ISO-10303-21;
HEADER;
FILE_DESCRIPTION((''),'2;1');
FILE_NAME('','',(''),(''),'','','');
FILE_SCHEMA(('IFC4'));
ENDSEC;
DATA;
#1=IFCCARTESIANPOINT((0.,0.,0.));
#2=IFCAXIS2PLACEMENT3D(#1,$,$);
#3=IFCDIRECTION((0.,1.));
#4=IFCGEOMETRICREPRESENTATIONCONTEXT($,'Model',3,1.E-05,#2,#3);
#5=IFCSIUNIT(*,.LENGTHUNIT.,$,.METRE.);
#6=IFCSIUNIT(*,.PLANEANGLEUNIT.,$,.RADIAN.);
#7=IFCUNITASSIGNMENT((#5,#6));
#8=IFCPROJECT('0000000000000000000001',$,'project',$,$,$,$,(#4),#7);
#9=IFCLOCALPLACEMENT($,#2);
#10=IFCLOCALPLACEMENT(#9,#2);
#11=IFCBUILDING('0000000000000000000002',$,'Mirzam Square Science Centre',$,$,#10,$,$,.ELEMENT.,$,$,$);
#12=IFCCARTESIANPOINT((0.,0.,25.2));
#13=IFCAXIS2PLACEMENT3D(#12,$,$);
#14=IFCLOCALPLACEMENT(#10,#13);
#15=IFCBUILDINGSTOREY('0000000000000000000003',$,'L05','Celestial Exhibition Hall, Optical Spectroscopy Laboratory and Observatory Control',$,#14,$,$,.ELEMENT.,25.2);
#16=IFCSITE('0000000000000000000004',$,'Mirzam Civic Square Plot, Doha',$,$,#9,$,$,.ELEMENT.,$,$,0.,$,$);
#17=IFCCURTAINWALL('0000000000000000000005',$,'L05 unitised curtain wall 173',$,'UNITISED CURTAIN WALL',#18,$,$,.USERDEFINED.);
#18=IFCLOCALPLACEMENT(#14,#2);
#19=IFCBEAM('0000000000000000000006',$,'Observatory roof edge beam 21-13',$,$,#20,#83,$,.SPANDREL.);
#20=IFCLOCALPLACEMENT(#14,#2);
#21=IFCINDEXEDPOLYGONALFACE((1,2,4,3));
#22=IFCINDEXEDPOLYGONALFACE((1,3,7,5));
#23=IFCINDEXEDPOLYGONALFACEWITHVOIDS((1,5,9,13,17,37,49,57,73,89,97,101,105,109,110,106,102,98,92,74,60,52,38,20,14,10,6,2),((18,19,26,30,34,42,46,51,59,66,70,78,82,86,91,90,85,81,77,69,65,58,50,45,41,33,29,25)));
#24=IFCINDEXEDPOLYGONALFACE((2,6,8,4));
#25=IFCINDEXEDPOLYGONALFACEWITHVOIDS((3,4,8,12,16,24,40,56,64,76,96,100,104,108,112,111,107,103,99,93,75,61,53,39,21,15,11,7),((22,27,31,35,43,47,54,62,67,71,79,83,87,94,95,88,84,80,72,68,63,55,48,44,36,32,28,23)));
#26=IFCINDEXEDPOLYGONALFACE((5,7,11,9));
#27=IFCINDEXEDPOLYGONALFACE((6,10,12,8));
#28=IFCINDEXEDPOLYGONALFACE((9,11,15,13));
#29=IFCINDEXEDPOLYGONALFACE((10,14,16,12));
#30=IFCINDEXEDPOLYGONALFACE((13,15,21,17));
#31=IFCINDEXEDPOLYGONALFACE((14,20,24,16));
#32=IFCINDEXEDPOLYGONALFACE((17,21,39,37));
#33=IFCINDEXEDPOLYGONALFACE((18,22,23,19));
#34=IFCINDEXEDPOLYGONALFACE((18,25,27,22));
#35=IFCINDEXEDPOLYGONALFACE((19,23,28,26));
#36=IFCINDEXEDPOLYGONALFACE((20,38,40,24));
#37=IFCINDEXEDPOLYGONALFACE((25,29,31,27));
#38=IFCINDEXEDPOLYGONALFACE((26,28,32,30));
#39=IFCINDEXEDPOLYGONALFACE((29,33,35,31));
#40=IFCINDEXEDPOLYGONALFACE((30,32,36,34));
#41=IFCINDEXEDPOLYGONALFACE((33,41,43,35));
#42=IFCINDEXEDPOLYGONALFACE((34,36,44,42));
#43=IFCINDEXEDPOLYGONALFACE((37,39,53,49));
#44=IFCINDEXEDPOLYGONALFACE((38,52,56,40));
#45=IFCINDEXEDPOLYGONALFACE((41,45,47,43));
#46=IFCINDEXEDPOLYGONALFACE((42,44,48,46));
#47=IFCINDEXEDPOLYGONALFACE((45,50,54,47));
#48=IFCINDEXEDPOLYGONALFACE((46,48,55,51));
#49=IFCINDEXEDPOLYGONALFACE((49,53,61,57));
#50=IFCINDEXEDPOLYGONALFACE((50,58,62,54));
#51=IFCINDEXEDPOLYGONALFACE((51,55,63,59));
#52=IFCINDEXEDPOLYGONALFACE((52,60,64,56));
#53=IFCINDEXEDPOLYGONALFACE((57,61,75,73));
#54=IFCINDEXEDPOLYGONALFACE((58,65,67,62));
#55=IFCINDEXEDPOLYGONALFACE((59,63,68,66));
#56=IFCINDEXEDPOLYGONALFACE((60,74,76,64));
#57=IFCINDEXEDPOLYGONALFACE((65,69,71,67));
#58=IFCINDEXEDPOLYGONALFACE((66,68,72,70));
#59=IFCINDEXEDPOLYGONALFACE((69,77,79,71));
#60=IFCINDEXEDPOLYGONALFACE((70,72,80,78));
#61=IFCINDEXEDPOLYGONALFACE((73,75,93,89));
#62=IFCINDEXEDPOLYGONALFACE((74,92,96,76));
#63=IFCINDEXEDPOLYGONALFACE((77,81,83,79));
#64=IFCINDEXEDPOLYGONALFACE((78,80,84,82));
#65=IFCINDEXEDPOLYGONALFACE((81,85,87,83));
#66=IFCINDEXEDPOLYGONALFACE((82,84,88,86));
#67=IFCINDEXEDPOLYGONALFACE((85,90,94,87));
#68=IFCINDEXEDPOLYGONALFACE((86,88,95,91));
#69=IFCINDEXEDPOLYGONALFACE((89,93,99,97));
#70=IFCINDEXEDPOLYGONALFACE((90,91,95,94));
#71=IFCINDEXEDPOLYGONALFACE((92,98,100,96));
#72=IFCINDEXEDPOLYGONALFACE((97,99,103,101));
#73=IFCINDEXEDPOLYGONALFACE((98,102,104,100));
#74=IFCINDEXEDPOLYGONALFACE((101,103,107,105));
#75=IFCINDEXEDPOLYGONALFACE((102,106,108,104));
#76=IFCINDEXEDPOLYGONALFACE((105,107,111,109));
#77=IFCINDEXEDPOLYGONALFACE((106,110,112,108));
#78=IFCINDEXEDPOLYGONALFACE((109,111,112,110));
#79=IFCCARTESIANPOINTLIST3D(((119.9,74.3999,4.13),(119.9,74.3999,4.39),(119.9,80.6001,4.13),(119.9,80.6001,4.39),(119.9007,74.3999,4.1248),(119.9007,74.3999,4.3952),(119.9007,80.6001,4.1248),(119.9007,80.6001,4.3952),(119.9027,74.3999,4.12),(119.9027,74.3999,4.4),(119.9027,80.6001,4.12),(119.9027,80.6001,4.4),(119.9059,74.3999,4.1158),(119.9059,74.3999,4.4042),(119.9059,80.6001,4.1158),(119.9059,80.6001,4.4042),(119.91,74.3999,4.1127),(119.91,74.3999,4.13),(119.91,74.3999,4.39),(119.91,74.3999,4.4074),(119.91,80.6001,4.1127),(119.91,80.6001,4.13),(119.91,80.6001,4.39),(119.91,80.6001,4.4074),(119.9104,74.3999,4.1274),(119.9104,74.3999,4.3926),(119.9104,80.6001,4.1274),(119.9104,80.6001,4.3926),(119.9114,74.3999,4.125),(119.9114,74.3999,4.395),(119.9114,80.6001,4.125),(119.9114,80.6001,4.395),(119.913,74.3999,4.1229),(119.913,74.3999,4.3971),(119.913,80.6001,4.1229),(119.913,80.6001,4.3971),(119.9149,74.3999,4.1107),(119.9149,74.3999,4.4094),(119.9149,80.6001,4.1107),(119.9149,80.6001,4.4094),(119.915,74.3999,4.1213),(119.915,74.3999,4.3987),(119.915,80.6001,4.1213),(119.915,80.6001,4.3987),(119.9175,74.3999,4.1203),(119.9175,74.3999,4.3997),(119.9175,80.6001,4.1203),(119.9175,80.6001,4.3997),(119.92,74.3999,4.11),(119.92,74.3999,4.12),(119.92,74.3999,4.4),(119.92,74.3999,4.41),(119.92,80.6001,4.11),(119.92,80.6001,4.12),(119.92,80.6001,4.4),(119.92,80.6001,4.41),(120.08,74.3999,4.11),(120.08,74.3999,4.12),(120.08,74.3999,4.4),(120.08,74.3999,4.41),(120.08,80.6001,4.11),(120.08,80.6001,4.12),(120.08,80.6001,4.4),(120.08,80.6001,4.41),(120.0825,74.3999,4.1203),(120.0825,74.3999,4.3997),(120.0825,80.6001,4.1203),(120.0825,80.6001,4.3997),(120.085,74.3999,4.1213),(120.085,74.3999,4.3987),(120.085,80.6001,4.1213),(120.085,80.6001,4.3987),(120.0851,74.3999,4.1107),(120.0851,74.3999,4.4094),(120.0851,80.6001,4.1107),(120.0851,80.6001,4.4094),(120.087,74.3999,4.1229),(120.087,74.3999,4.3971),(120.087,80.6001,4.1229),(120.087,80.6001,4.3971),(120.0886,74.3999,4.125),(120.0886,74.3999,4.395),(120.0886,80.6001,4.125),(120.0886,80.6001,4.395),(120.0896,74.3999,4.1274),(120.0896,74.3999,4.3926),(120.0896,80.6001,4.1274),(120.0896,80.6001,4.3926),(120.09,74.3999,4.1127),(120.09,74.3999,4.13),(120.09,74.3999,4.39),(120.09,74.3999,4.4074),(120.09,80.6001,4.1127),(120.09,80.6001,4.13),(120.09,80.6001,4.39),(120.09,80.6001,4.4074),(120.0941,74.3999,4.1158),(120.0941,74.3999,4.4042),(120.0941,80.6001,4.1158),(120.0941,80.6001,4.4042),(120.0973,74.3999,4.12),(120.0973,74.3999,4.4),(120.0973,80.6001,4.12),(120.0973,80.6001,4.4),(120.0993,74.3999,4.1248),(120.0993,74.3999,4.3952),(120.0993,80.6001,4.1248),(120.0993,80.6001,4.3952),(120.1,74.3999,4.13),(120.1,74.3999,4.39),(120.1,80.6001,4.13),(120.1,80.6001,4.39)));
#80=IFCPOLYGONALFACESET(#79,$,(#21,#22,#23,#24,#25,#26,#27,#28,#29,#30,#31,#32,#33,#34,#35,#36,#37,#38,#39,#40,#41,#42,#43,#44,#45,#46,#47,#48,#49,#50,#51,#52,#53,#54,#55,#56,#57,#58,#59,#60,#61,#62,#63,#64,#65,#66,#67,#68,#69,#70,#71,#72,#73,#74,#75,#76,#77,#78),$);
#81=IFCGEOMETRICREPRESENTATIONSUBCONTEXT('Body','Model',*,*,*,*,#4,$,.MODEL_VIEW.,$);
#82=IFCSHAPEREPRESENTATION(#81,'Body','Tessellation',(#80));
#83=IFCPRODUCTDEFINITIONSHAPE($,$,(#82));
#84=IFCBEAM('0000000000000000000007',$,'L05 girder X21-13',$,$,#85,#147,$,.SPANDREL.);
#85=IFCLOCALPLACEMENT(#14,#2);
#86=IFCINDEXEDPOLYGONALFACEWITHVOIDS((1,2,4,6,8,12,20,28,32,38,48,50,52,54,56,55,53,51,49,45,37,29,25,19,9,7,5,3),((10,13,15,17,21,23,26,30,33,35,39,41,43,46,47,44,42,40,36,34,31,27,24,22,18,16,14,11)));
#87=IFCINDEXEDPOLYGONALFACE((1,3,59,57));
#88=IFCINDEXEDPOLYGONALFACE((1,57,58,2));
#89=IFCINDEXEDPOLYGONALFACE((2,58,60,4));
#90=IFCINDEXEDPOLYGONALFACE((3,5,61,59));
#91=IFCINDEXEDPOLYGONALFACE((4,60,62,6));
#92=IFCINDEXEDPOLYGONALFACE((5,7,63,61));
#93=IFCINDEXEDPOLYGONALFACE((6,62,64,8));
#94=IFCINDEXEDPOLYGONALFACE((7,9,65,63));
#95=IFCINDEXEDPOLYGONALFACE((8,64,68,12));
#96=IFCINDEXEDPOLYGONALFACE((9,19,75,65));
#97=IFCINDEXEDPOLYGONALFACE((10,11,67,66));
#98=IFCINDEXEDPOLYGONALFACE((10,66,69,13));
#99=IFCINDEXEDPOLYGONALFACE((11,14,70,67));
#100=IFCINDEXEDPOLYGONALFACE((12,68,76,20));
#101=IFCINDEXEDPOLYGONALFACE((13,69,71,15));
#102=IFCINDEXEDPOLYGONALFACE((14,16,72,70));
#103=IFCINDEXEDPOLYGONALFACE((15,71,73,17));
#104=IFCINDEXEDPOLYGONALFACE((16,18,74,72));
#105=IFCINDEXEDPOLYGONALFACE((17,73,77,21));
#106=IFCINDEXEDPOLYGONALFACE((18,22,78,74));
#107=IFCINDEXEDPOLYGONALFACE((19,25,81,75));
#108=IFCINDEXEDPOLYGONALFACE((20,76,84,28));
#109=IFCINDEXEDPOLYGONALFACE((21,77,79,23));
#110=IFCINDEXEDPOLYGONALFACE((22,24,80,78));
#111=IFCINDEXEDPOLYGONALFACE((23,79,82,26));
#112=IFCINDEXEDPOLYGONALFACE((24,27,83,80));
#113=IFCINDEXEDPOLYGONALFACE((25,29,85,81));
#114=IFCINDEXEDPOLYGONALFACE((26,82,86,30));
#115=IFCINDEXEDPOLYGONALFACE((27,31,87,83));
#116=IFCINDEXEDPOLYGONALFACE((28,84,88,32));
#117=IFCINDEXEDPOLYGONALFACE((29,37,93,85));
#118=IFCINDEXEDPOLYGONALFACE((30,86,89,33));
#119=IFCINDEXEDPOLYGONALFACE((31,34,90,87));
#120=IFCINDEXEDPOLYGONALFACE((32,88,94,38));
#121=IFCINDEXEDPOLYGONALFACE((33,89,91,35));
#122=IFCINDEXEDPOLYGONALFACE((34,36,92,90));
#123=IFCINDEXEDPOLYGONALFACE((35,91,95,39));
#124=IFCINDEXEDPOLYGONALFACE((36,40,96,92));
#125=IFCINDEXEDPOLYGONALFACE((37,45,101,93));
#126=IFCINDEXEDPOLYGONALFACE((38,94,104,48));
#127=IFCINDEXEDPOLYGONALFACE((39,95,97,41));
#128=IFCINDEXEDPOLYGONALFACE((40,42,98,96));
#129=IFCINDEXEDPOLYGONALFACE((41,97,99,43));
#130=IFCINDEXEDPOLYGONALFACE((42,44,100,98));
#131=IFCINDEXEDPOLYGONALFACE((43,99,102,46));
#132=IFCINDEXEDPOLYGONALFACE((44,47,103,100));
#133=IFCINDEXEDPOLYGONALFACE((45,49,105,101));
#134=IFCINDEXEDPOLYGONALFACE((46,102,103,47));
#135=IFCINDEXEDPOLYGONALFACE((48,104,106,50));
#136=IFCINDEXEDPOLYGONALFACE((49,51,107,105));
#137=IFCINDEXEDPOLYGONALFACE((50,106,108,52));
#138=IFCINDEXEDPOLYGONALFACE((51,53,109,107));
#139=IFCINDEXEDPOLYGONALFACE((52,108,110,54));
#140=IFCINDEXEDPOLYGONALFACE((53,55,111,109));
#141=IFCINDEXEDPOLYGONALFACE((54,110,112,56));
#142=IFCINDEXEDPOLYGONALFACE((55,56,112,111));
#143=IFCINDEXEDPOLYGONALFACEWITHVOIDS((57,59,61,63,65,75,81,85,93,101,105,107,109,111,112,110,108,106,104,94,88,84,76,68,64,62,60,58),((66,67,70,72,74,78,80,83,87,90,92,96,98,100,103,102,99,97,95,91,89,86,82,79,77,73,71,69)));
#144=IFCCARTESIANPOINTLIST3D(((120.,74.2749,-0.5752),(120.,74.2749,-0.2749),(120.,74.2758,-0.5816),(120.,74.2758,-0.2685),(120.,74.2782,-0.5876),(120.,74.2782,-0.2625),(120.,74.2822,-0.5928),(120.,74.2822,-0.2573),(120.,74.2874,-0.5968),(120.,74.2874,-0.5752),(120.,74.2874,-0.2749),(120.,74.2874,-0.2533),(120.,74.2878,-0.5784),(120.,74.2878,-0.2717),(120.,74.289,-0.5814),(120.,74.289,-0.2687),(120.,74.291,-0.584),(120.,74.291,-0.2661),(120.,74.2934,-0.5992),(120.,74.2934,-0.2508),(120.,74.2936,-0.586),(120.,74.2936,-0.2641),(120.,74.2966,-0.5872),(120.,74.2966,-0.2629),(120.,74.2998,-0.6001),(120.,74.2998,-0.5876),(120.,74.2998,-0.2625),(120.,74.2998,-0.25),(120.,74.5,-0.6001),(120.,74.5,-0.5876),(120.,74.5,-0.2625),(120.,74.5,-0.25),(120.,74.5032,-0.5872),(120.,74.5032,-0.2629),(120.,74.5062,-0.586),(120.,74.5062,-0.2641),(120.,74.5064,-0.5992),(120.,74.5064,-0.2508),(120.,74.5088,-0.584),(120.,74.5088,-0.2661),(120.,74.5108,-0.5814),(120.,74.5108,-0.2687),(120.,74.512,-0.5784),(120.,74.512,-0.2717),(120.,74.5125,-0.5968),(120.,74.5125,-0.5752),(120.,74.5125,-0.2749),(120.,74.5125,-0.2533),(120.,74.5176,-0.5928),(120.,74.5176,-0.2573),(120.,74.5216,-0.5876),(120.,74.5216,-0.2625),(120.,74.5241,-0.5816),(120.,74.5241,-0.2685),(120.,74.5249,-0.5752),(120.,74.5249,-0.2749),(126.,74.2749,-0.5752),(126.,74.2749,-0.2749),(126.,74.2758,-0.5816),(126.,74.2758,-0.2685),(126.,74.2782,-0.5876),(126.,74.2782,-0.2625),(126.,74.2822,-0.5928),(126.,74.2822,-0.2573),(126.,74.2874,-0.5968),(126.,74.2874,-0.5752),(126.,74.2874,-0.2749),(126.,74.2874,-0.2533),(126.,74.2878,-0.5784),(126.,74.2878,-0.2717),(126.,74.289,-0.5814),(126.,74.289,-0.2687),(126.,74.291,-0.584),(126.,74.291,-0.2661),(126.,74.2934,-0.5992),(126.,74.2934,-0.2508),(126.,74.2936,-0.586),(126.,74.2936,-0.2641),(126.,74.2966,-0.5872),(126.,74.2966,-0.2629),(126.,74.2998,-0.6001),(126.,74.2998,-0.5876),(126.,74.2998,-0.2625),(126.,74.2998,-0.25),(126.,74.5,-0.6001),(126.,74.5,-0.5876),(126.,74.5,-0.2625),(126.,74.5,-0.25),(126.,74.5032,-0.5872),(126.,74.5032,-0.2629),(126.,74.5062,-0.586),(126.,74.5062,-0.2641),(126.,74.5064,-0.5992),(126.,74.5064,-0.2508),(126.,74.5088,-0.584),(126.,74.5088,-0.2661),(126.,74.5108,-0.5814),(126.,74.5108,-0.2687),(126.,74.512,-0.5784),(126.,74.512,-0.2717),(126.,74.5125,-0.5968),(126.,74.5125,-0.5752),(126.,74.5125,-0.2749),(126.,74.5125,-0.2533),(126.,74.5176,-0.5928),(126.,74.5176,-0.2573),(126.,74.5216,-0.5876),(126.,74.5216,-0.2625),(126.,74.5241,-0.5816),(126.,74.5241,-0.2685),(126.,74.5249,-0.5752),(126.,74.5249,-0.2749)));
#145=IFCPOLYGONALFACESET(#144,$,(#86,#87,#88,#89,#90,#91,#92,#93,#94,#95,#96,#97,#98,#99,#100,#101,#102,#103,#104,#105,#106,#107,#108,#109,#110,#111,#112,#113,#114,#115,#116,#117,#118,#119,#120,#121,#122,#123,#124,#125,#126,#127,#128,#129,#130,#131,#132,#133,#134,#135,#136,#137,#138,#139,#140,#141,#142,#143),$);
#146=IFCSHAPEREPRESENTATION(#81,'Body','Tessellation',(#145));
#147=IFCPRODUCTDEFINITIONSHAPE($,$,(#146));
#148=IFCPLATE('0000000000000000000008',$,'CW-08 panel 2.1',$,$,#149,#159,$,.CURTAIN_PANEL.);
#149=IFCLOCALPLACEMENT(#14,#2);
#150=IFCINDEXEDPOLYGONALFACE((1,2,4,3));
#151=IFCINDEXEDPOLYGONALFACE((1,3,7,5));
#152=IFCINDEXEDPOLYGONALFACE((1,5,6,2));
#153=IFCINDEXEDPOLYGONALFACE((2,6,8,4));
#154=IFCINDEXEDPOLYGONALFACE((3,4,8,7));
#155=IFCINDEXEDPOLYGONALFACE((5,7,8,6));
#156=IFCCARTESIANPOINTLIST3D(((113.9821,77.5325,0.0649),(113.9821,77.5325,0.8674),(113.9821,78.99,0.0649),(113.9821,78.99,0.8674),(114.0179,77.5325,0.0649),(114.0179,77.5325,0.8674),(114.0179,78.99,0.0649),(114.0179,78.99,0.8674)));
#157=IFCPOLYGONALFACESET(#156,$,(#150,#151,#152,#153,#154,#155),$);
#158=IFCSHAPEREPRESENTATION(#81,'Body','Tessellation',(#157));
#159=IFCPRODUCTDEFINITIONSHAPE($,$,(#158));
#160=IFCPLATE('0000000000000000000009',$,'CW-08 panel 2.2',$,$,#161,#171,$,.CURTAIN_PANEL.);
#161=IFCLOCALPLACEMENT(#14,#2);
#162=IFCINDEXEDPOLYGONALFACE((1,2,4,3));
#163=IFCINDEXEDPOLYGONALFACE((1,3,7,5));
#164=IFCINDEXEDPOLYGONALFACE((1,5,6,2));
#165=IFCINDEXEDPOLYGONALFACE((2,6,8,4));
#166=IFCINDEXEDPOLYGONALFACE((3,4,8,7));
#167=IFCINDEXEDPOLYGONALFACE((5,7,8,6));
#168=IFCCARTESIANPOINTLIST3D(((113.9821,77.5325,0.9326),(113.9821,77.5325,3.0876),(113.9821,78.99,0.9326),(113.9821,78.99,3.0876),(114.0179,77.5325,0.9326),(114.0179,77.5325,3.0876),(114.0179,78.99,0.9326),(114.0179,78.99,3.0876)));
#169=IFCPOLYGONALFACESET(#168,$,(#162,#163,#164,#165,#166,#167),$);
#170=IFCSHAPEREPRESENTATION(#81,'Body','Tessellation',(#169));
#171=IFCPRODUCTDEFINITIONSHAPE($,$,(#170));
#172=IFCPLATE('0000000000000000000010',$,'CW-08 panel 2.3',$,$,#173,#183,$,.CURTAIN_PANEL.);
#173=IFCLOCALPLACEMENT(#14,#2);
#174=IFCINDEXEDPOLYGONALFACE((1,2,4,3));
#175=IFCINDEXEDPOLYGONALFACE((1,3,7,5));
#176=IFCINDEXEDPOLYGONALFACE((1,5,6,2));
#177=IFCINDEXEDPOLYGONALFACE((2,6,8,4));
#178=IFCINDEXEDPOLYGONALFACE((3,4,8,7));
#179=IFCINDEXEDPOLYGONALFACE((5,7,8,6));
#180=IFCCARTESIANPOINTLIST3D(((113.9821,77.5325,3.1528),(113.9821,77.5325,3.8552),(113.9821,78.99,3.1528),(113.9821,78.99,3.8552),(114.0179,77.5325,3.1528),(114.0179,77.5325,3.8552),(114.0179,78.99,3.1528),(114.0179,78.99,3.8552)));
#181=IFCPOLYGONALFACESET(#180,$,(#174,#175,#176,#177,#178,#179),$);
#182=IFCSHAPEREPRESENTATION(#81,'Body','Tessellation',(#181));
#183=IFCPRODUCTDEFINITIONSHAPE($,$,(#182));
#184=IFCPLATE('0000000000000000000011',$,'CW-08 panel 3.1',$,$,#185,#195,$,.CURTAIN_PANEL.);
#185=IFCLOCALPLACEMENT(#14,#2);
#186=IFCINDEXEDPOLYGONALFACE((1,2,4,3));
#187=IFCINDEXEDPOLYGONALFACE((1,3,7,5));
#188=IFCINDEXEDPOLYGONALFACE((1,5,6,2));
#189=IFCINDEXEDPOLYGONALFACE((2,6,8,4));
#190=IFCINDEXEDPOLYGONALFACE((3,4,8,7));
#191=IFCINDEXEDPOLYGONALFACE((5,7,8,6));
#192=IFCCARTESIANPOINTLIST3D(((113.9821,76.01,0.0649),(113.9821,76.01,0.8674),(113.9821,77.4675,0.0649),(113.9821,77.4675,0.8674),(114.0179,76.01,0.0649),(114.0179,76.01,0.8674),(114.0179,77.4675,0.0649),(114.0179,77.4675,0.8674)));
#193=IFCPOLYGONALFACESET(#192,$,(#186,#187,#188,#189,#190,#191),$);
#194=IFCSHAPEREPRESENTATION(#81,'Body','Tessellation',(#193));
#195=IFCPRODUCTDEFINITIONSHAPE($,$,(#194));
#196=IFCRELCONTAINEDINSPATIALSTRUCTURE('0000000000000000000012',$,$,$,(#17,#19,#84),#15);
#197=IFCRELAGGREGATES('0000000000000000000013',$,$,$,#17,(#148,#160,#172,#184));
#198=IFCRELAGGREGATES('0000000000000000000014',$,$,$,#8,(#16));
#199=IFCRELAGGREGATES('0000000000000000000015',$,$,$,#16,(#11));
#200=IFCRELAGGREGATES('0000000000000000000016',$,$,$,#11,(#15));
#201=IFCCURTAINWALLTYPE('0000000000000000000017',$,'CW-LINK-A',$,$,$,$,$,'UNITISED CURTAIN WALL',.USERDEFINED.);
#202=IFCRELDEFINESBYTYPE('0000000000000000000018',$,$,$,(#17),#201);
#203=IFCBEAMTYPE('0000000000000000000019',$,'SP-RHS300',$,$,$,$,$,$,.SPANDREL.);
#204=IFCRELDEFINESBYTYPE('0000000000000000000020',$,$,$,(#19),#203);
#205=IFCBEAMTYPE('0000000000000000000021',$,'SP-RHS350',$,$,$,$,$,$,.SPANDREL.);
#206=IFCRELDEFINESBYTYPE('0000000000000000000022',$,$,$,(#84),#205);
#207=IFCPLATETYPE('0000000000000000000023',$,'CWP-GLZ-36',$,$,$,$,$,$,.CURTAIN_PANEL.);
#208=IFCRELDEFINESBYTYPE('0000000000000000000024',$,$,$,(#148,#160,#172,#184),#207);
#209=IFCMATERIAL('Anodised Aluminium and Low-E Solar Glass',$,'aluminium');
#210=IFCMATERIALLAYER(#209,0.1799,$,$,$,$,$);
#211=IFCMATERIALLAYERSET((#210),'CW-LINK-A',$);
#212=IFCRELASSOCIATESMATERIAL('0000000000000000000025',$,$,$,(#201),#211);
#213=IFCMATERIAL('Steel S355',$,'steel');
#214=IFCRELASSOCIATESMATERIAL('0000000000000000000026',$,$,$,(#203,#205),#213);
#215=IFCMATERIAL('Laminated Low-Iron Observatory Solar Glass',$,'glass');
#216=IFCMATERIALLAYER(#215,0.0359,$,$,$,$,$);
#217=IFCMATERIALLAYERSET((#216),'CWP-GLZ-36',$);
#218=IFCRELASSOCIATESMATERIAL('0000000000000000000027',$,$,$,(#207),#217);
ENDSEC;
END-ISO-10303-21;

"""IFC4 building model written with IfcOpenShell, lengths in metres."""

from ifc_helpers import new_model, si_unit, direction, frame, origin, origin_2d, place, context, subcontext, project, spatial, rectangle, hollow_rectangle, extrude, material, layer, layer_set, material_profile, profile_set, type_object, element, aggregate, save


model = new_model("IFC4")

# Units and contexts
model_context = context("Model", 3, precision=1e-05, world=origin(), true_north=direction((0.0, 1.0)))
body_context = subcontext(model_context, "Body", "Model", "MODEL_VIEW")
ifc_project = project(units=[si_unit("LENGTHUNIT", "METRE"), si_unit("PLANEANGLEUNIT", "RADIAN")], contexts=[model_context])

# Site, building, storey
site_placement = place(None, origin())
site = spatial("IfcSite", under=ifc_project, at=site_placement, Name="Mirzam Civic Square Plot, Doha", CompositionType="ELEMENT", RefElevation=0.0)
building_placement = place(site_placement, origin())
building = spatial("IfcBuilding", under=site, at=building_placement, Name="Mirzam Square Science Centre", CompositionType="ELEMENT")
storey_placement = place(building_placement, frame((0.0, 0.0, 25.2)))
storey = spatial("IfcBuildingStorey", under=building, at=storey_placement, Name="L05", Description="Celestial Exhibition Hall, Optical Spectroscopy Laboratory and Observatory Control", CompositionType="ELEMENT", Elevation=25.2)

# Shared definitions
ifc_material_1 = material(Name="Steel S355", Category="steel")

# Curtain wall
ifc_material_2 = material(Name="Anodised Aluminium and Low-E Solar Glass", Category="aluminium")
ifc_layer_1 = layer(ifc_material_2, 0.1799)
ifc_layer_set_1 = layer_set([ifc_layer_1], Name="CW-LINK-A")
curtain_wall_type = type_object("IfcCurtainWallType", Name="CW-LINK-A", ElementType="UNITISED CURTAIN WALL", PredefinedType="USERDEFINED", material=ifc_layer_set_1)
curtain_wall_placement = place(storey_placement, origin())
curtain_wall = element("IfcCurtainWall", 1, at=curtain_wall_placement, inside=storey, type_object=curtain_wall_type, Name="L05 unitised curtain wall 173", ObjectType="UNITISED CURTAIN WALL", PredefinedType="USERDEFINED")

# Beams
ifc_material_profile_1 = material_profile(ifc_material_1, hollow_rectangle(XDim=0.2, YDim=0.3, WallThickness=0.01, InnerFilletRadius=0.01, OuterFilletRadius=0.02, at=origin_2d()), Name="300x200x10.0RHS")
ifc_profile_set_1 = profile_set([ifc_material_profile_1], Name="Steel S355")
beam_type_1 = type_object("IfcBeamType", Name="SP-RHS300", PredefinedType="SPANDREL", material=ifc_profile_set_1)
beam_1_placement = place(storey_placement, frame((120.0, 74.3999, 4.26), z_axis=(0.0, 1.0, 0.0), x_axis=(-1.0, 0.0, 0.0)))
element("IfcBeam", 2, at=beam_1_placement, inside=storey, type_object=beam_type_1, Name="Observatory roof edge beam 21-13", PredefinedType="SPANDREL", context=body_context, shape_type="SweptSolid", body=[
    extrude(hollow_rectangle(XDim=0.2, YDim=0.3, WallThickness=0.01, InnerFilletRadius=0.01, OuterFilletRadius=0.02, at=origin_2d()), origin(), (0.0, 0.0, 1.0), 6.2002),
])
ifc_material_profile_2 = material_profile(ifc_material_1, hollow_rectangle(XDim=0.25, YDim=0.3501, WallThickness=0.0125, InnerFilletRadius=0.0125, OuterFilletRadius=0.0249, at=origin_2d()), Name="350x250x12.5RHS")
ifc_profile_set_2 = profile_set([ifc_material_profile_2], Name="Steel S355")
beam_type_2 = type_object("IfcBeamType", Name="SP-RHS350", PredefinedType="SPANDREL", material=ifc_profile_set_2)
beam_2_placement = place(storey_placement, frame((120.0, 74.3999, -0.425), z_axis=(1.0, 0.0, 0.0), x_axis=(0.0, 1.0, 0.0)))
element("IfcBeam", 3, at=beam_2_placement, inside=storey, type_object=beam_type_2, Name="L05 girder X21-13", PredefinedType="SPANDREL", context=body_context, shape_type="SweptSolid", body=[
    extrude(hollow_rectangle(XDim=0.25, YDim=0.3501, WallThickness=0.0125, InnerFilletRadius=0.0125, OuterFilletRadius=0.0249, at=origin_2d()), origin(), (0.0, 0.0, 1.0), 6.0),
])

# Plates
ifc_material_3 = material(Name="Laminated Low-Iron Observatory Solar Glass", Category="glass")
ifc_layer_2 = layer(ifc_material_3, 0.0359)
ifc_layer_set_2 = layer_set([ifc_layer_2], Name="CWP-GLZ-36")
plate_type = type_object("IfcPlateType", Name="CWP-GLZ-36", PredefinedType="CURTAIN_PANEL", material=ifc_layer_set_2)
plate_1_placement = place(storey_placement, frame((114.0, 78.2612, 0.0649), z_axis=(0.0, 0.0, 1.0), x_axis=(0.0, -1.0, 0.0)))
plate_1 = element("IfcPlate", 4, at=plate_1_placement, type_object=plate_type, Name="CW-08 panel 2.1", PredefinedType="CURTAIN_PANEL", context=body_context, shape_type="SweptSolid", body=[
    extrude(rectangle(XDim=1.4575, YDim=0.0359, at=origin_2d()), origin(), (0.0, 0.0, 1.0), 0.8025),
])
plate_2_placement = place(storey_placement, frame((114.0, 78.2612, 0.9326), z_axis=(0.0, 0.0, 1.0), x_axis=(0.0, -1.0, 0.0)))
plate_2 = element("IfcPlate", 5, at=plate_2_placement, type_object=plate_type, Name="CW-08 panel 2.2", PredefinedType="CURTAIN_PANEL", context=body_context, shape_type="SweptSolid", body=[
    extrude(rectangle(XDim=1.4575, YDim=0.0359, at=origin_2d()), origin(), (0.0, 0.0, 1.0), 2.155),
])
plate_3_placement = place(storey_placement, frame((114.0, 78.2612, 3.1528), z_axis=(0.0, 0.0, 1.0), x_axis=(0.0, -1.0, 0.0)))
plate_3 = element("IfcPlate", 6, at=plate_3_placement, type_object=plate_type, Name="CW-08 panel 2.3", PredefinedType="CURTAIN_PANEL", context=body_context, shape_type="SweptSolid", body=[
    extrude(rectangle(XDim=1.4575, YDim=0.0359, at=origin_2d()), origin(), (0.0, 0.0, 1.0), 0.7024),
])
plate_4_placement = place(storey_placement, frame((114.0, 76.7388, 0.0649), z_axis=(0.0, 0.0, 1.0), x_axis=(0.0, -1.0, 0.0)))
plate_4 = element("IfcPlate", 7, at=plate_4_placement, type_object=plate_type, Name="CW-08 panel 3.1", PredefinedType="CURTAIN_PANEL", context=body_context, shape_type="SweptSolid", body=[
    extrude(rectangle(XDim=1.4575, YDim=0.0359, at=origin_2d()), origin(), (0.0, 0.0, 1.0), 0.8025),
])
aggregate(curtain_wall, [plate_1, plate_2, plate_3, plate_4])

save(model, "model.ifc")
